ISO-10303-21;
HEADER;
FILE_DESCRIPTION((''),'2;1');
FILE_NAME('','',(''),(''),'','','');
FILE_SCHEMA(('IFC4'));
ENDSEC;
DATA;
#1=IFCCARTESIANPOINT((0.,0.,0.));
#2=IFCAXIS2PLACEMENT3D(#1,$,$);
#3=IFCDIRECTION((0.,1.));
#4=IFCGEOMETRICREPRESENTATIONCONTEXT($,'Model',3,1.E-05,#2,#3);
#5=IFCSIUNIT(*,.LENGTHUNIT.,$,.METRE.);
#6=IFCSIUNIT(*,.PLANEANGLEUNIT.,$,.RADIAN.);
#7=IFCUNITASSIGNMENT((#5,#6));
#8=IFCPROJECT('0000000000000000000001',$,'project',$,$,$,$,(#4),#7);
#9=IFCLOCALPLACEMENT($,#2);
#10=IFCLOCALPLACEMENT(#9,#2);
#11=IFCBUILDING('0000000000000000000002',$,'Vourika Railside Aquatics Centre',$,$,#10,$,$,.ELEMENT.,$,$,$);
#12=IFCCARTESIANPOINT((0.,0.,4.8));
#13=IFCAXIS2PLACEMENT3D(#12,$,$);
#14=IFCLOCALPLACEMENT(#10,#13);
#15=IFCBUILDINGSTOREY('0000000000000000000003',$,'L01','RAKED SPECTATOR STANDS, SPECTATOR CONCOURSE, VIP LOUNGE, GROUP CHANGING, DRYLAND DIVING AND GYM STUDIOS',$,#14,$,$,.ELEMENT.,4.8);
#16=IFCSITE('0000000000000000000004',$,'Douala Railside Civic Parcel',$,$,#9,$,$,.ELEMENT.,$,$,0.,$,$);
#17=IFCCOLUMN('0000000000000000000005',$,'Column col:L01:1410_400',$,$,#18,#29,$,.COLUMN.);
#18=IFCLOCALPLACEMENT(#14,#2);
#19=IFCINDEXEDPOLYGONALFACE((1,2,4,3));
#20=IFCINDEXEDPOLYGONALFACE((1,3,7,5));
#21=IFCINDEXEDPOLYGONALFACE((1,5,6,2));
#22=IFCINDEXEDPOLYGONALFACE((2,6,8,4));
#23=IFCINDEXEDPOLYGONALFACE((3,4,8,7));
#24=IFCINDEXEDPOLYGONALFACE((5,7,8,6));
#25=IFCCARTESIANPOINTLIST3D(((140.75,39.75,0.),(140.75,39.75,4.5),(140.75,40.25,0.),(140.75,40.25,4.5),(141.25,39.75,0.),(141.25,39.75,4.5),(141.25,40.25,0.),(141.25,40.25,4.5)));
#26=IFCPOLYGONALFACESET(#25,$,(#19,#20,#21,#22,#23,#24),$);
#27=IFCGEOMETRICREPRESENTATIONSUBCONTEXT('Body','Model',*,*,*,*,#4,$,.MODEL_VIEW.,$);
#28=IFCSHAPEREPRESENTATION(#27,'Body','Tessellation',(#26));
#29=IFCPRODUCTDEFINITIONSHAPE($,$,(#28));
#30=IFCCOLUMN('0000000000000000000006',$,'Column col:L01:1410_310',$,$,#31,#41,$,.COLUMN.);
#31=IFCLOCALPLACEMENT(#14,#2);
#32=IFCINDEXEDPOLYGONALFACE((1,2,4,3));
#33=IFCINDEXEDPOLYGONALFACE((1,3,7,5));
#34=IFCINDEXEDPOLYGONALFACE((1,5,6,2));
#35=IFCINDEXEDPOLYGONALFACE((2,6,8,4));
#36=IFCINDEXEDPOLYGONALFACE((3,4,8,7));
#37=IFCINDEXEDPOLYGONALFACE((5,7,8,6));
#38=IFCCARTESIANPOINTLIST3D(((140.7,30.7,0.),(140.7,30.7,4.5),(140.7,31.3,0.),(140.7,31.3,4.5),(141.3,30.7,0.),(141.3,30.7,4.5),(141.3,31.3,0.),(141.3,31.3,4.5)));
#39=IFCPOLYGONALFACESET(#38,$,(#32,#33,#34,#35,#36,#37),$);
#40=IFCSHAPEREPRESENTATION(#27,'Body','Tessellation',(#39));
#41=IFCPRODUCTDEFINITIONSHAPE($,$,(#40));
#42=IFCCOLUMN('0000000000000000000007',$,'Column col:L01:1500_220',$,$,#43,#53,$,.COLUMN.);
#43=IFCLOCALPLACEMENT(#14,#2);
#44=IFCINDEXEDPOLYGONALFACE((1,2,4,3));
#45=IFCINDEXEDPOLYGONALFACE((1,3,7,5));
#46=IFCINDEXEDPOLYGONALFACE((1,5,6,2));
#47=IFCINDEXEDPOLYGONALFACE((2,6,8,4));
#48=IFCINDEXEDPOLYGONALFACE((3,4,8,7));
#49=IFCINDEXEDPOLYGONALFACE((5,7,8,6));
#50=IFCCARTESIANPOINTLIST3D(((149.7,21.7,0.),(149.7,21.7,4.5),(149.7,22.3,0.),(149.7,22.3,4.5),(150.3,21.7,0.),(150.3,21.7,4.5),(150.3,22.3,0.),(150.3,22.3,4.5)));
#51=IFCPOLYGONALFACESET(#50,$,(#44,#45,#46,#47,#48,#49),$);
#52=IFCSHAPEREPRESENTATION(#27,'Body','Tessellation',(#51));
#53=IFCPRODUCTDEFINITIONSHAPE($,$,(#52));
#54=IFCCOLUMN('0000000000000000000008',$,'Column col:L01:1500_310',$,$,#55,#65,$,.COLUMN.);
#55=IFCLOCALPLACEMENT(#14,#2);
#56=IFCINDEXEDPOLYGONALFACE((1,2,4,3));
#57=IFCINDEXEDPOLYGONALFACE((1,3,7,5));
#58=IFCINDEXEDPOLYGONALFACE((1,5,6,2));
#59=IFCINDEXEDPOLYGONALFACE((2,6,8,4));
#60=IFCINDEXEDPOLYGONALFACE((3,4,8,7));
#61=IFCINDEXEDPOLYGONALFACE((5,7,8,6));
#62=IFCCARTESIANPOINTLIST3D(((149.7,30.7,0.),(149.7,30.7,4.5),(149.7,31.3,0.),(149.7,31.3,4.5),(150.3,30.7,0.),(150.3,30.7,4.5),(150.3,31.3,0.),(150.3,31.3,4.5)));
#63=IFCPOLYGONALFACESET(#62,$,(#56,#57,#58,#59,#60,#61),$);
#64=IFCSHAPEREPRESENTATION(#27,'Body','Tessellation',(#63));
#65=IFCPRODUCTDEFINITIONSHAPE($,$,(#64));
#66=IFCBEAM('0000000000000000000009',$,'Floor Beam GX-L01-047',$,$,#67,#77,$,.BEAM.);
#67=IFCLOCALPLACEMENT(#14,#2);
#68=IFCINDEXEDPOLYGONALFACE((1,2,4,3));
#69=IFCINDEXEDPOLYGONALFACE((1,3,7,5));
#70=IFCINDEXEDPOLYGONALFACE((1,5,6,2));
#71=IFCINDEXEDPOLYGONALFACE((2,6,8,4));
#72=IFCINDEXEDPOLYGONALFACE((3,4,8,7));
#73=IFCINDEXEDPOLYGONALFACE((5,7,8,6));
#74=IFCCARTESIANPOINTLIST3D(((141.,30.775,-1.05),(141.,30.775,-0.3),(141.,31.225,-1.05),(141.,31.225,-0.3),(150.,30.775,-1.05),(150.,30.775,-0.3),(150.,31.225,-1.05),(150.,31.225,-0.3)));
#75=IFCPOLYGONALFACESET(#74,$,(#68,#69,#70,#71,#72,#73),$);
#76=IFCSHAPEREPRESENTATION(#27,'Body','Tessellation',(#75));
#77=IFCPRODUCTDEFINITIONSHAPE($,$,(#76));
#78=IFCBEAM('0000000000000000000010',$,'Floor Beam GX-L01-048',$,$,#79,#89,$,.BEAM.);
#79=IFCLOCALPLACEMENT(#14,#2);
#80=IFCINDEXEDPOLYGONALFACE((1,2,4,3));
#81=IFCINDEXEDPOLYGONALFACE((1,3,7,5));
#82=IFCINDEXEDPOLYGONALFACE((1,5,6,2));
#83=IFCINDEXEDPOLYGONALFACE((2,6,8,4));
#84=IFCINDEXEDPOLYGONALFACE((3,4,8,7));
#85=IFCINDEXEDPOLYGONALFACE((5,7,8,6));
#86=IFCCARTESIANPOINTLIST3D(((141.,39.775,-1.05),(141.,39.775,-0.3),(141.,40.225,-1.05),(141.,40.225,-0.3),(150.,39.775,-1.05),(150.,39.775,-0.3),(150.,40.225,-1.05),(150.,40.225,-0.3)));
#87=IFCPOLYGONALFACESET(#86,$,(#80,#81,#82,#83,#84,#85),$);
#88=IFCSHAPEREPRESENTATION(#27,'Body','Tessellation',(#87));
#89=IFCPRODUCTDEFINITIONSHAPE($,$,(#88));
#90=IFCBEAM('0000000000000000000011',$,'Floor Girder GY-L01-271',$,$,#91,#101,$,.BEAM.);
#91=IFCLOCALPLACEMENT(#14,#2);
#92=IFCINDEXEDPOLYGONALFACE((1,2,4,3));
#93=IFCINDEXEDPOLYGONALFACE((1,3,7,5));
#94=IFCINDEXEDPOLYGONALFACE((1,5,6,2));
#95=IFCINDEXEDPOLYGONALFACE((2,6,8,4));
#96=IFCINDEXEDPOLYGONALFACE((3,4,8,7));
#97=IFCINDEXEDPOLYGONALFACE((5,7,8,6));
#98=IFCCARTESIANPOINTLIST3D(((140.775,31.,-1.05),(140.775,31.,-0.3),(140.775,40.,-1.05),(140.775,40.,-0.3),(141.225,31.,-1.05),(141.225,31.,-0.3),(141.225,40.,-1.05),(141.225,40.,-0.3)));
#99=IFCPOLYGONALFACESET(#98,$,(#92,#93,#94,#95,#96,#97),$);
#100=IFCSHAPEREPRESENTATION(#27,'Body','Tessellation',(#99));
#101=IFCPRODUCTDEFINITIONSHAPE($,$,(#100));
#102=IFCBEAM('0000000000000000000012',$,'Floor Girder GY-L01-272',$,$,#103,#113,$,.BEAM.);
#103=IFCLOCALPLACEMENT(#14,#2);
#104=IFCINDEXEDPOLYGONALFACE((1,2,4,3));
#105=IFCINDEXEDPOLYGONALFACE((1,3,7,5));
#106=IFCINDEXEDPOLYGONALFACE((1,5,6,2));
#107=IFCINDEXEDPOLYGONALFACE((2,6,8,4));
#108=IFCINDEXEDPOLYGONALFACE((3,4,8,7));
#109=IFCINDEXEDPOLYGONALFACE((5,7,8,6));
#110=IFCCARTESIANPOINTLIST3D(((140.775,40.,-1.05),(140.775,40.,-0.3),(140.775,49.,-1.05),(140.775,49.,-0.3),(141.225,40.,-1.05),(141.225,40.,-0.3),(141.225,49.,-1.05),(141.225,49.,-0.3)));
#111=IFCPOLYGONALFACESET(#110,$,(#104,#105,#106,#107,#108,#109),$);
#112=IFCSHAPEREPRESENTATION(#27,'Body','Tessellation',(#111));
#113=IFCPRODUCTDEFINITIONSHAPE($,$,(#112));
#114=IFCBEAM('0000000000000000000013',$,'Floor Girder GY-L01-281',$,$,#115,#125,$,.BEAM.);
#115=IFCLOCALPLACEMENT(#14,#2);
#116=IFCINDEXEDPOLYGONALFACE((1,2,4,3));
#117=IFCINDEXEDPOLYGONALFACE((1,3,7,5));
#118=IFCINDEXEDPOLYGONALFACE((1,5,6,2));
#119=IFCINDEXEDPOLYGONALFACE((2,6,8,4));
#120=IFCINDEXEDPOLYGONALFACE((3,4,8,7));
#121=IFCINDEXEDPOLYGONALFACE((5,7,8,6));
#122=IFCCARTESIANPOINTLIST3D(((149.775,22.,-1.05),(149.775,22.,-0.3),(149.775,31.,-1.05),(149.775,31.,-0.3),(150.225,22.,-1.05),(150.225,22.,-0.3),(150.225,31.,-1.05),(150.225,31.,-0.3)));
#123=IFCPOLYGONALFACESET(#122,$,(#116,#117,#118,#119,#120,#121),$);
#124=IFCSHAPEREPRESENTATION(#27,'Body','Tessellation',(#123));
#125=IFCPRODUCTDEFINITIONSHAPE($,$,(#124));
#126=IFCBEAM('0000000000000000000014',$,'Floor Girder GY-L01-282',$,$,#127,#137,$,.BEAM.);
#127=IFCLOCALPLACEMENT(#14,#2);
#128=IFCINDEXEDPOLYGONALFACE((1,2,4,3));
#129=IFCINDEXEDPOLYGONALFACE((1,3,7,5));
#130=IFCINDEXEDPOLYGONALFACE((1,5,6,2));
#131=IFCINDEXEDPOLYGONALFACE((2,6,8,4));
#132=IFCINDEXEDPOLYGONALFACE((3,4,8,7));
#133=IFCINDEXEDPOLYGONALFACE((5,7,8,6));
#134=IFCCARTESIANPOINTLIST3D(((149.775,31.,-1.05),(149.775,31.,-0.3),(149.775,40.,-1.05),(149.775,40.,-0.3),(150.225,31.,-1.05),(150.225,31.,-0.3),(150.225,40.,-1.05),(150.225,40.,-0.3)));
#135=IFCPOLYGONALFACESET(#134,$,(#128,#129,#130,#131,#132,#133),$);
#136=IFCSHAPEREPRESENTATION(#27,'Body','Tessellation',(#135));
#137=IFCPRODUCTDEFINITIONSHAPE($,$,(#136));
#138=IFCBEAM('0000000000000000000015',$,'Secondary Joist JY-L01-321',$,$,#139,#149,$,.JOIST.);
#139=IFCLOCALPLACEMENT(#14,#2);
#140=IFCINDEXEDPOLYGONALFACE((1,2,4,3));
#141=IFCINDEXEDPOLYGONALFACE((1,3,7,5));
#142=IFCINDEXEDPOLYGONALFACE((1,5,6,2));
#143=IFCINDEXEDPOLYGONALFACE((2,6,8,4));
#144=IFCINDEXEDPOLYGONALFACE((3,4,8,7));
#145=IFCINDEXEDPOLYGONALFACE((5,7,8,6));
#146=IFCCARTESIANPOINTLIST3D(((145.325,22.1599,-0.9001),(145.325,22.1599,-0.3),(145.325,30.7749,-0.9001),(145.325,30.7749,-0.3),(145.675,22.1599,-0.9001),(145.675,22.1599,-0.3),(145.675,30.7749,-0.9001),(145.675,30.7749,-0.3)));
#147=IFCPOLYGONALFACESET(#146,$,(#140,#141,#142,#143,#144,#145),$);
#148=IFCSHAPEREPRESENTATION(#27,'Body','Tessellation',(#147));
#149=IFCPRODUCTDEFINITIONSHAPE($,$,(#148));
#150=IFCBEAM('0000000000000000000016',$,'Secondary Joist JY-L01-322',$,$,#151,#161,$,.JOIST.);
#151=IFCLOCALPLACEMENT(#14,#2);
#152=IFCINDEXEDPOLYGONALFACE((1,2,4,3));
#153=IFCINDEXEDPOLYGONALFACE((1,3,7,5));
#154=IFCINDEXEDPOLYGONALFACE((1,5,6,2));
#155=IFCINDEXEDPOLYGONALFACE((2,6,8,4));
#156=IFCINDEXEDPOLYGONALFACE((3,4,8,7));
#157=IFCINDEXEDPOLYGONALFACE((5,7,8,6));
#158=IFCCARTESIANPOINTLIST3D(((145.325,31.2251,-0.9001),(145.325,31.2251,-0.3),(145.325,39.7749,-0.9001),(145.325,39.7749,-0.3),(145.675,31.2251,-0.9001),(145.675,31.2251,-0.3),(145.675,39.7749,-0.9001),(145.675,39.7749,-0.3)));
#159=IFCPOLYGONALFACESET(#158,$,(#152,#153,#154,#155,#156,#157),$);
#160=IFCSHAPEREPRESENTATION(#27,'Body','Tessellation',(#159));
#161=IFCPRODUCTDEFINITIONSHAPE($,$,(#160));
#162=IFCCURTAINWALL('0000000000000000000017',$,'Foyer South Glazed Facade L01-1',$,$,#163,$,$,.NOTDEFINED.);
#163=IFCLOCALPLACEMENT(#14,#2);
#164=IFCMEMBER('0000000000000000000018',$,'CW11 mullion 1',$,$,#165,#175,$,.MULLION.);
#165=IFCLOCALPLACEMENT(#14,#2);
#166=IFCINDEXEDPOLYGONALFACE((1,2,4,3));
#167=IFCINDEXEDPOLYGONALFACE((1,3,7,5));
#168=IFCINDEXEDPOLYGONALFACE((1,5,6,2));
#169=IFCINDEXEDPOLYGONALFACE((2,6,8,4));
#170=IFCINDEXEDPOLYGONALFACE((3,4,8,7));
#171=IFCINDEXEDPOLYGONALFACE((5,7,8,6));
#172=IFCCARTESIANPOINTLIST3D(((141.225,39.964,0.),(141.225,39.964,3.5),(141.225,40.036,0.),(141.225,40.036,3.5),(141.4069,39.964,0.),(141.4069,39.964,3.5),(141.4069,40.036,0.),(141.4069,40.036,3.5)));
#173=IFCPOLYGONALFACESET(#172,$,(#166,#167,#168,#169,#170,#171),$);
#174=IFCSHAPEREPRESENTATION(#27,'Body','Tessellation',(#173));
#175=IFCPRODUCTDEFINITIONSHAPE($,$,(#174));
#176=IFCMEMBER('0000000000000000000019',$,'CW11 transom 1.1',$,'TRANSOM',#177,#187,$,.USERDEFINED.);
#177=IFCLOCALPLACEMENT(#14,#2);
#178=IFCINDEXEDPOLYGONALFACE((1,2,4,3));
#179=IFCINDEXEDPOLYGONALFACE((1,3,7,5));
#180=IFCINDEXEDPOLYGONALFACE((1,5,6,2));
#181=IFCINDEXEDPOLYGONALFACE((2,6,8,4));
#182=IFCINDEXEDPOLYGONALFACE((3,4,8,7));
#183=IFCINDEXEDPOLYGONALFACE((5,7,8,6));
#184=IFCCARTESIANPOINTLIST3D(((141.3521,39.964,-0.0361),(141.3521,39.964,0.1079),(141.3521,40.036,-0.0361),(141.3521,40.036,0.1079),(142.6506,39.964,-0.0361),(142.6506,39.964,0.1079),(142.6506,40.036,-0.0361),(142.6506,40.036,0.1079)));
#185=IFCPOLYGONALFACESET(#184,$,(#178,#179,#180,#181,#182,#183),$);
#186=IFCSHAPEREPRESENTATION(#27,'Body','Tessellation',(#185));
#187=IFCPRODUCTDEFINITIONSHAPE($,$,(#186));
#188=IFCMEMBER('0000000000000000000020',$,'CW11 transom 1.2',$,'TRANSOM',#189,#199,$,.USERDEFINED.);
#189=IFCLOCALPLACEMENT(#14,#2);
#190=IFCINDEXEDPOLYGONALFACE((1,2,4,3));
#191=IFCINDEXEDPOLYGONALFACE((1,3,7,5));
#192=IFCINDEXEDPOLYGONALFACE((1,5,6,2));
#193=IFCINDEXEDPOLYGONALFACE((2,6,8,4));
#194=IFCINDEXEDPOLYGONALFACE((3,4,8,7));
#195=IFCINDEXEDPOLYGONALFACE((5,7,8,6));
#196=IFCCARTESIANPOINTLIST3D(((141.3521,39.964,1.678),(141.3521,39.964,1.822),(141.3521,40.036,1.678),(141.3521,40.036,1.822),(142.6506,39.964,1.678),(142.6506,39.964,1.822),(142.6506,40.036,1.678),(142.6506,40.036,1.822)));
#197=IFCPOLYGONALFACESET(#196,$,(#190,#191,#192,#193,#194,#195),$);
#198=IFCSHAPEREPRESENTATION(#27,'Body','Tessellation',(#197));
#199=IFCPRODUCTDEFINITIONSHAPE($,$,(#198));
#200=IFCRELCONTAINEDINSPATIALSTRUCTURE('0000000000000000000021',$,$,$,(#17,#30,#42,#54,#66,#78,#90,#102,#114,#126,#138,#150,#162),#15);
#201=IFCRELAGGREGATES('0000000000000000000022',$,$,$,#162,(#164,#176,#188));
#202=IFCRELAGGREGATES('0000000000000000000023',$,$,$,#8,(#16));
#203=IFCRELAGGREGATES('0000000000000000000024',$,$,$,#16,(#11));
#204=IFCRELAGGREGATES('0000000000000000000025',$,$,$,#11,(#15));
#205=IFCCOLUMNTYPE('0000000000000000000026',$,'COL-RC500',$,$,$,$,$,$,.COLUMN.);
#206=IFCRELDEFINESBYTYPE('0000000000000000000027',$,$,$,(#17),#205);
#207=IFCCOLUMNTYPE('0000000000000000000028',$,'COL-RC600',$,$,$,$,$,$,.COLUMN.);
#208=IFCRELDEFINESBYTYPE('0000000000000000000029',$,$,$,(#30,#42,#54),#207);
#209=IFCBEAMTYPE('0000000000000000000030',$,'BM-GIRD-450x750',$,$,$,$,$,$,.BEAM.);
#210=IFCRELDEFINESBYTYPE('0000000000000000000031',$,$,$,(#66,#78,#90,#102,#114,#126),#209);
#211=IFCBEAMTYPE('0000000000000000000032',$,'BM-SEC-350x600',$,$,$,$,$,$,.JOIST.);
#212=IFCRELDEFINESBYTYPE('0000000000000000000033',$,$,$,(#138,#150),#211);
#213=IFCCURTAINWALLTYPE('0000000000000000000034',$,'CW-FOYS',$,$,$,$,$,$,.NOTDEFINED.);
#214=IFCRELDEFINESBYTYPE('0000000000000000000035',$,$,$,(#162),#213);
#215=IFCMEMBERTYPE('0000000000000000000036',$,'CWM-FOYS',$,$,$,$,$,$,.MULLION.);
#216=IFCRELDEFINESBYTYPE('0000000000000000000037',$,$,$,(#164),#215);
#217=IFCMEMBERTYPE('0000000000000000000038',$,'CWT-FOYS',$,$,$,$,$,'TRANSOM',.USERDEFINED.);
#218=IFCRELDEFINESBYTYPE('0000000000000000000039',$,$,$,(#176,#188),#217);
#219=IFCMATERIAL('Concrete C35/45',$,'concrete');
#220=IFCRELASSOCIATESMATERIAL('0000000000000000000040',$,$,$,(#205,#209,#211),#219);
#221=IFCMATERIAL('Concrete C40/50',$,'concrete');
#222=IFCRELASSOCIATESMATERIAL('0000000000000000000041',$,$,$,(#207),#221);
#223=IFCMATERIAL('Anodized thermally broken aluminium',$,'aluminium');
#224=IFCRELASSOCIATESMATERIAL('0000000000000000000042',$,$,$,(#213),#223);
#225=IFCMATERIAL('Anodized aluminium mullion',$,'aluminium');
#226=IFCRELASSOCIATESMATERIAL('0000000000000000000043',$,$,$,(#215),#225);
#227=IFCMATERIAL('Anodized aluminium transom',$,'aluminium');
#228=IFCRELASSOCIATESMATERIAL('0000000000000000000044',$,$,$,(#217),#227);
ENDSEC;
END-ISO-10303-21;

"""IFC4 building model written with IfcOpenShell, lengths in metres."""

from ifc_helpers import new_model, si_unit, direction, frame, origin, origin_2d, place, context, subcontext, project, spatial, rectangle, extrude, material, material_profile, profile_set, type_object, element, aggregate, save


model = new_model("IFC4")

# Units and contexts
model_context = context("Model", 3, precision=1e-05, world=origin(), true_north=direction((0.0, 1.0)))
body_context = subcontext(model_context, "Body", "Model", "MODEL_VIEW")
ifc_project = project(units=[si_unit("LENGTHUNIT", "METRE"), si_unit("PLANEANGLEUNIT", "RADIAN")], contexts=[model_context])

# Site, building, storey
site_placement = place(None, origin())
site = spatial("IfcSite", under=ifc_project, at=site_placement, Name="Douala Railside Civic Parcel", CompositionType="ELEMENT", RefElevation=0.0)
building_placement = place(site_placement, origin())
building = spatial("IfcBuilding", under=site, at=building_placement, Name="Vourika Railside Aquatics Centre", CompositionType="ELEMENT")
storey_placement = place(building_placement, frame((0.0, 0.0, 4.8)))
storey = spatial("IfcBuildingStorey", under=building, at=storey_placement, Name="L01", Description="RAKED SPECTATOR STANDS, SPECTATOR CONCOURSE, VIP LOUNGE, GROUP CHANGING, DRYLAND DIVING AND GYM STUDIOS", CompositionType="ELEMENT", Elevation=4.8)

# Columns
ifc_material_1 = material(Name="Concrete C35/45", Category="concrete")
ifc_material_profile_1 = material_profile(ifc_material_1, rectangle(XDim=0.5, YDim=0.5, at=origin_2d()), Name="RC 500x500")
ifc_profile_set_1 = profile_set([ifc_material_profile_1], Name="Concrete C35/45")
column_type_1 = type_object("IfcColumnType", Name="COL-RC500", PredefinedType="COLUMN", material=ifc_profile_set_1)
column_placement = place(storey_placement, frame((141.0, 40.0, 0.0), z_axis=(0.0, 0.0, 1.0), x_axis=(1.0, 0.0, 0.0)))
element("IfcColumn", 1, at=column_placement, inside=storey, type_object=column_type_1, Name="Column col:L01:1410_400", PredefinedType="COLUMN", context=body_context, shape_type="SweptSolid", body=[
    extrude(rectangle(XDim=0.5, YDim=0.5, at=origin_2d()), origin(), (0.0, 0.0, 1.0), 4.5),
])
ifc_material_2 = material(Name="Concrete C40/50", Category="concrete")
ifc_material_profile_2 = material_profile(ifc_material_2, rectangle(XDim=0.6001, YDim=0.6001, at=origin_2d()), Name="RC 600x600")
ifc_profile_set_2 = profile_set([ifc_material_profile_2], Name="Concrete C40/50")
column_type_2 = type_object("IfcColumnType", Name="COL-RC600", PredefinedType="COLUMN", material=ifc_profile_set_2)
for number, where, z_axis, x_axis, name in (
    (2, (141.0, 31.0, 0.0), (0.0, 0.0, 1.0), (1.0, 0.0, 0.0), "Column col:L01:1410_310"),
    (3, (150.0, 22.0, 0.0), (0.0, 0.0, 1.0), (1.0, 0.0, 0.0), "Column col:L01:1500_220"),
    (4, (150.0, 31.0, 0.0), (0.0, 0.0, 1.0), (1.0, 0.0, 0.0), "Column col:L01:1500_310"),
):
    element("IfcColumn", number, at=place(storey_placement, frame(where, z_axis=z_axis, x_axis=x_axis)), inside=storey, type_object=column_type_2, Name=name, PredefinedType="COLUMN", context=body_context, shape_type="SweptSolid", body=[
        extrude(rectangle(XDim=0.6001, YDim=0.6001, at=origin_2d()), origin(), (0.0, 0.0, 1.0), 4.5),
    ])

# Beams
ifc_material_profile_3 = material_profile(ifc_material_1, rectangle(XDim=0.45, YDim=0.75, at=origin_2d()), Name="RC 450x750")
ifc_profile_set_3 = profile_set([ifc_material_profile_3], Name="Concrete C35/45")
beam_type_1 = type_object("IfcBeamType", Name="BM-GIRD-450x750", PredefinedType="BEAM", material=ifc_profile_set_3)
for number, where, z_axis, x_axis, name in (
    (5, (141.0, 31.0, -0.675), (1.0, 0.0, 0.0), (0.0, 1.0, 0.0), "Floor Beam GX-L01-047"),
    (6, (141.0, 40.0, -0.675), (1.0, 0.0, 0.0), (0.0, 1.0, 0.0), "Floor Beam GX-L01-048"),
    (7, (141.0, 31.0, -0.675), (0.0, 1.0, 0.0), (-1.0, 0.0, 0.0), "Floor Girder GY-L01-271"),
    (8, (141.0, 40.0, -0.675), (0.0, 1.0, 0.0), (-1.0, 0.0, 0.0), "Floor Girder GY-L01-272"),
    (9, (150.0, 22.0, -0.675), (0.0, 1.0, 0.0), (-1.0, 0.0, 0.0), "Floor Girder GY-L01-281"),
    (10, (150.0, 31.0, -0.675), (0.0, 1.0, 0.0), (-1.0, 0.0, 0.0), "Floor Girder GY-L01-282"),
):
    element("IfcBeam", number, at=place(storey_placement, frame(where, z_axis=z_axis, x_axis=x_axis)), inside=storey, type_object=beam_type_1, Name=name, PredefinedType="BEAM", context=body_context, shape_type="SweptSolid", body=[
        extrude(rectangle(XDim=0.45, YDim=0.75, at=origin_2d()), origin(), (0.0, 0.0, 1.0), 9.0),
    ])
ifc_material_profile_4 = material_profile(ifc_material_1, rectangle(XDim=0.3501, YDim=0.6001, at=origin_2d()), Name="RC 350x600")
ifc_profile_set_4 = profile_set([ifc_material_profile_4], Name="Concrete C35/45")
beam_type_2 = type_object("IfcBeamType", Name="BM-SEC-350x600", PredefinedType="JOIST", material=ifc_profile_set_4)
beam_1_placement = place(storey_placement, frame((145.5, 22.1599, -0.6001), z_axis=(0.0, 1.0, 0.0), x_axis=(-1.0, 0.0, 0.0)))
element("IfcBeam", 11, at=beam_1_placement, inside=storey, type_object=beam_type_2, Name="Secondary Joist JY-L01-321", PredefinedType="JOIST", context=body_context, shape_type="SweptSolid", body=[
    extrude(rectangle(XDim=0.3501, YDim=0.6001, at=origin_2d()), origin(), (0.0, 0.0, 1.0), 8.615),
])
beam_2_placement = place(storey_placement, frame((145.5, 31.2251, -0.6001), z_axis=(0.0, 1.0, 0.0), x_axis=(-1.0, 0.0, 0.0)))
element("IfcBeam", 12, at=beam_2_placement, inside=storey, type_object=beam_type_2, Name="Secondary Joist JY-L01-322", PredefinedType="JOIST", context=body_context, shape_type="SweptSolid", body=[
    extrude(rectangle(XDim=0.3501, YDim=0.6001, at=origin_2d()), origin(), (0.0, 0.0, 1.0), 8.5498),
])

# Curtain wall, members
ifc_material_3 = material(Name="Anodized thermally broken aluminium", Category="aluminium")
curtain_wall_type = type_object("IfcCurtainWallType", Name="CW-FOYS", PredefinedType="NOTDEFINED", material=ifc_material_3)
curtain_wall_placement = place(storey_placement, origin())
curtain_wall = element("IfcCurtainWall", 13, at=curtain_wall_placement, inside=storey, type_object=curtain_wall_type, Name="Foyer South Glazed Facade L01-1", PredefinedType="NOTDEFINED")
ifc_material_4 = material(Name="Anodized aluminium mullion", Category="aluminium")
ifc_material_profile_5 = material_profile(ifc_material_4, rectangle(XDim=0.072, YDim=0.1819, at=origin_2d()), Name="ALU-M 72x182")
ifc_profile_set_5 = profile_set([ifc_material_profile_5], Name="Anodized aluminium mullion")
member_type_1 = type_object("IfcMemberType", Name="CWM-FOYS", PredefinedType="MULLION", material=ifc_profile_set_5)
member_1_placement = place(storey_placement, frame((141.3159, 40.0, 0.0), z_axis=(0.0, 0.0, 1.0), x_axis=(0.0, 1.0, 0.0)))
member_1 = element("IfcMember", 14, at=member_1_placement, type_object=member_type_1, Name="CW11 mullion 1", PredefinedType="MULLION", context=body_context, shape_type="SweptSolid", body=[
    extrude(rectangle(XDim=0.072, YDim=0.1819, at=origin_2d()), origin(), (0.0, 0.0, 1.0), 3.5),
])
ifc_material_5 = material(Name="Anodized aluminium transom", Category="aluminium")
ifc_material_profile_6 = material_profile(ifc_material_5, rectangle(XDim=0.072, YDim=0.144, at=origin_2d()), Name="ALU-T 72x144")
ifc_profile_set_6 = profile_set([ifc_material_profile_6], Name="Anodized aluminium transom")
member_type_2 = type_object("IfcMemberType", Name="CWT-FOYS", ElementType="TRANSOM", PredefinedType="USERDEFINED", material=ifc_profile_set_6)
member_2_placement = place(storey_placement, frame((141.3521, 40.0, 0.0359), z_axis=(1.0, 0.0, 0.0), x_axis=(0.0, 1.0, 0.0)))
member_2 = element("IfcMember", 15, at=member_2_placement, type_object=member_type_2, Name="CW11 transom 1.1", ObjectType="TRANSOM", PredefinedType="USERDEFINED", context=body_context, shape_type="SweptSolid", body=[
    extrude(rectangle(XDim=0.072, YDim=0.144, at=origin_2d()), origin(), (0.0, 0.0, 1.0), 1.2986),
])
member_3_placement = place(storey_placement, frame((141.3521, 40.0, 1.75), z_axis=(1.0, 0.0, 0.0), x_axis=(0.0, 1.0, 0.0)))
member_3 = element("IfcMember", 16, at=member_3_placement, type_object=member_type_2, Name="CW11 transom 1.2", ObjectType="TRANSOM", PredefinedType="USERDEFINED", context=body_context, shape_type="SweptSolid", body=[
    extrude(rectangle(XDim=0.072, YDim=0.144, at=origin_2d()), origin(), (0.0, 0.0, 1.0), 1.2986),
])
aggregate(curtain_wall, [member_1, member_2, member_3])

save(model, "model.ifc")
